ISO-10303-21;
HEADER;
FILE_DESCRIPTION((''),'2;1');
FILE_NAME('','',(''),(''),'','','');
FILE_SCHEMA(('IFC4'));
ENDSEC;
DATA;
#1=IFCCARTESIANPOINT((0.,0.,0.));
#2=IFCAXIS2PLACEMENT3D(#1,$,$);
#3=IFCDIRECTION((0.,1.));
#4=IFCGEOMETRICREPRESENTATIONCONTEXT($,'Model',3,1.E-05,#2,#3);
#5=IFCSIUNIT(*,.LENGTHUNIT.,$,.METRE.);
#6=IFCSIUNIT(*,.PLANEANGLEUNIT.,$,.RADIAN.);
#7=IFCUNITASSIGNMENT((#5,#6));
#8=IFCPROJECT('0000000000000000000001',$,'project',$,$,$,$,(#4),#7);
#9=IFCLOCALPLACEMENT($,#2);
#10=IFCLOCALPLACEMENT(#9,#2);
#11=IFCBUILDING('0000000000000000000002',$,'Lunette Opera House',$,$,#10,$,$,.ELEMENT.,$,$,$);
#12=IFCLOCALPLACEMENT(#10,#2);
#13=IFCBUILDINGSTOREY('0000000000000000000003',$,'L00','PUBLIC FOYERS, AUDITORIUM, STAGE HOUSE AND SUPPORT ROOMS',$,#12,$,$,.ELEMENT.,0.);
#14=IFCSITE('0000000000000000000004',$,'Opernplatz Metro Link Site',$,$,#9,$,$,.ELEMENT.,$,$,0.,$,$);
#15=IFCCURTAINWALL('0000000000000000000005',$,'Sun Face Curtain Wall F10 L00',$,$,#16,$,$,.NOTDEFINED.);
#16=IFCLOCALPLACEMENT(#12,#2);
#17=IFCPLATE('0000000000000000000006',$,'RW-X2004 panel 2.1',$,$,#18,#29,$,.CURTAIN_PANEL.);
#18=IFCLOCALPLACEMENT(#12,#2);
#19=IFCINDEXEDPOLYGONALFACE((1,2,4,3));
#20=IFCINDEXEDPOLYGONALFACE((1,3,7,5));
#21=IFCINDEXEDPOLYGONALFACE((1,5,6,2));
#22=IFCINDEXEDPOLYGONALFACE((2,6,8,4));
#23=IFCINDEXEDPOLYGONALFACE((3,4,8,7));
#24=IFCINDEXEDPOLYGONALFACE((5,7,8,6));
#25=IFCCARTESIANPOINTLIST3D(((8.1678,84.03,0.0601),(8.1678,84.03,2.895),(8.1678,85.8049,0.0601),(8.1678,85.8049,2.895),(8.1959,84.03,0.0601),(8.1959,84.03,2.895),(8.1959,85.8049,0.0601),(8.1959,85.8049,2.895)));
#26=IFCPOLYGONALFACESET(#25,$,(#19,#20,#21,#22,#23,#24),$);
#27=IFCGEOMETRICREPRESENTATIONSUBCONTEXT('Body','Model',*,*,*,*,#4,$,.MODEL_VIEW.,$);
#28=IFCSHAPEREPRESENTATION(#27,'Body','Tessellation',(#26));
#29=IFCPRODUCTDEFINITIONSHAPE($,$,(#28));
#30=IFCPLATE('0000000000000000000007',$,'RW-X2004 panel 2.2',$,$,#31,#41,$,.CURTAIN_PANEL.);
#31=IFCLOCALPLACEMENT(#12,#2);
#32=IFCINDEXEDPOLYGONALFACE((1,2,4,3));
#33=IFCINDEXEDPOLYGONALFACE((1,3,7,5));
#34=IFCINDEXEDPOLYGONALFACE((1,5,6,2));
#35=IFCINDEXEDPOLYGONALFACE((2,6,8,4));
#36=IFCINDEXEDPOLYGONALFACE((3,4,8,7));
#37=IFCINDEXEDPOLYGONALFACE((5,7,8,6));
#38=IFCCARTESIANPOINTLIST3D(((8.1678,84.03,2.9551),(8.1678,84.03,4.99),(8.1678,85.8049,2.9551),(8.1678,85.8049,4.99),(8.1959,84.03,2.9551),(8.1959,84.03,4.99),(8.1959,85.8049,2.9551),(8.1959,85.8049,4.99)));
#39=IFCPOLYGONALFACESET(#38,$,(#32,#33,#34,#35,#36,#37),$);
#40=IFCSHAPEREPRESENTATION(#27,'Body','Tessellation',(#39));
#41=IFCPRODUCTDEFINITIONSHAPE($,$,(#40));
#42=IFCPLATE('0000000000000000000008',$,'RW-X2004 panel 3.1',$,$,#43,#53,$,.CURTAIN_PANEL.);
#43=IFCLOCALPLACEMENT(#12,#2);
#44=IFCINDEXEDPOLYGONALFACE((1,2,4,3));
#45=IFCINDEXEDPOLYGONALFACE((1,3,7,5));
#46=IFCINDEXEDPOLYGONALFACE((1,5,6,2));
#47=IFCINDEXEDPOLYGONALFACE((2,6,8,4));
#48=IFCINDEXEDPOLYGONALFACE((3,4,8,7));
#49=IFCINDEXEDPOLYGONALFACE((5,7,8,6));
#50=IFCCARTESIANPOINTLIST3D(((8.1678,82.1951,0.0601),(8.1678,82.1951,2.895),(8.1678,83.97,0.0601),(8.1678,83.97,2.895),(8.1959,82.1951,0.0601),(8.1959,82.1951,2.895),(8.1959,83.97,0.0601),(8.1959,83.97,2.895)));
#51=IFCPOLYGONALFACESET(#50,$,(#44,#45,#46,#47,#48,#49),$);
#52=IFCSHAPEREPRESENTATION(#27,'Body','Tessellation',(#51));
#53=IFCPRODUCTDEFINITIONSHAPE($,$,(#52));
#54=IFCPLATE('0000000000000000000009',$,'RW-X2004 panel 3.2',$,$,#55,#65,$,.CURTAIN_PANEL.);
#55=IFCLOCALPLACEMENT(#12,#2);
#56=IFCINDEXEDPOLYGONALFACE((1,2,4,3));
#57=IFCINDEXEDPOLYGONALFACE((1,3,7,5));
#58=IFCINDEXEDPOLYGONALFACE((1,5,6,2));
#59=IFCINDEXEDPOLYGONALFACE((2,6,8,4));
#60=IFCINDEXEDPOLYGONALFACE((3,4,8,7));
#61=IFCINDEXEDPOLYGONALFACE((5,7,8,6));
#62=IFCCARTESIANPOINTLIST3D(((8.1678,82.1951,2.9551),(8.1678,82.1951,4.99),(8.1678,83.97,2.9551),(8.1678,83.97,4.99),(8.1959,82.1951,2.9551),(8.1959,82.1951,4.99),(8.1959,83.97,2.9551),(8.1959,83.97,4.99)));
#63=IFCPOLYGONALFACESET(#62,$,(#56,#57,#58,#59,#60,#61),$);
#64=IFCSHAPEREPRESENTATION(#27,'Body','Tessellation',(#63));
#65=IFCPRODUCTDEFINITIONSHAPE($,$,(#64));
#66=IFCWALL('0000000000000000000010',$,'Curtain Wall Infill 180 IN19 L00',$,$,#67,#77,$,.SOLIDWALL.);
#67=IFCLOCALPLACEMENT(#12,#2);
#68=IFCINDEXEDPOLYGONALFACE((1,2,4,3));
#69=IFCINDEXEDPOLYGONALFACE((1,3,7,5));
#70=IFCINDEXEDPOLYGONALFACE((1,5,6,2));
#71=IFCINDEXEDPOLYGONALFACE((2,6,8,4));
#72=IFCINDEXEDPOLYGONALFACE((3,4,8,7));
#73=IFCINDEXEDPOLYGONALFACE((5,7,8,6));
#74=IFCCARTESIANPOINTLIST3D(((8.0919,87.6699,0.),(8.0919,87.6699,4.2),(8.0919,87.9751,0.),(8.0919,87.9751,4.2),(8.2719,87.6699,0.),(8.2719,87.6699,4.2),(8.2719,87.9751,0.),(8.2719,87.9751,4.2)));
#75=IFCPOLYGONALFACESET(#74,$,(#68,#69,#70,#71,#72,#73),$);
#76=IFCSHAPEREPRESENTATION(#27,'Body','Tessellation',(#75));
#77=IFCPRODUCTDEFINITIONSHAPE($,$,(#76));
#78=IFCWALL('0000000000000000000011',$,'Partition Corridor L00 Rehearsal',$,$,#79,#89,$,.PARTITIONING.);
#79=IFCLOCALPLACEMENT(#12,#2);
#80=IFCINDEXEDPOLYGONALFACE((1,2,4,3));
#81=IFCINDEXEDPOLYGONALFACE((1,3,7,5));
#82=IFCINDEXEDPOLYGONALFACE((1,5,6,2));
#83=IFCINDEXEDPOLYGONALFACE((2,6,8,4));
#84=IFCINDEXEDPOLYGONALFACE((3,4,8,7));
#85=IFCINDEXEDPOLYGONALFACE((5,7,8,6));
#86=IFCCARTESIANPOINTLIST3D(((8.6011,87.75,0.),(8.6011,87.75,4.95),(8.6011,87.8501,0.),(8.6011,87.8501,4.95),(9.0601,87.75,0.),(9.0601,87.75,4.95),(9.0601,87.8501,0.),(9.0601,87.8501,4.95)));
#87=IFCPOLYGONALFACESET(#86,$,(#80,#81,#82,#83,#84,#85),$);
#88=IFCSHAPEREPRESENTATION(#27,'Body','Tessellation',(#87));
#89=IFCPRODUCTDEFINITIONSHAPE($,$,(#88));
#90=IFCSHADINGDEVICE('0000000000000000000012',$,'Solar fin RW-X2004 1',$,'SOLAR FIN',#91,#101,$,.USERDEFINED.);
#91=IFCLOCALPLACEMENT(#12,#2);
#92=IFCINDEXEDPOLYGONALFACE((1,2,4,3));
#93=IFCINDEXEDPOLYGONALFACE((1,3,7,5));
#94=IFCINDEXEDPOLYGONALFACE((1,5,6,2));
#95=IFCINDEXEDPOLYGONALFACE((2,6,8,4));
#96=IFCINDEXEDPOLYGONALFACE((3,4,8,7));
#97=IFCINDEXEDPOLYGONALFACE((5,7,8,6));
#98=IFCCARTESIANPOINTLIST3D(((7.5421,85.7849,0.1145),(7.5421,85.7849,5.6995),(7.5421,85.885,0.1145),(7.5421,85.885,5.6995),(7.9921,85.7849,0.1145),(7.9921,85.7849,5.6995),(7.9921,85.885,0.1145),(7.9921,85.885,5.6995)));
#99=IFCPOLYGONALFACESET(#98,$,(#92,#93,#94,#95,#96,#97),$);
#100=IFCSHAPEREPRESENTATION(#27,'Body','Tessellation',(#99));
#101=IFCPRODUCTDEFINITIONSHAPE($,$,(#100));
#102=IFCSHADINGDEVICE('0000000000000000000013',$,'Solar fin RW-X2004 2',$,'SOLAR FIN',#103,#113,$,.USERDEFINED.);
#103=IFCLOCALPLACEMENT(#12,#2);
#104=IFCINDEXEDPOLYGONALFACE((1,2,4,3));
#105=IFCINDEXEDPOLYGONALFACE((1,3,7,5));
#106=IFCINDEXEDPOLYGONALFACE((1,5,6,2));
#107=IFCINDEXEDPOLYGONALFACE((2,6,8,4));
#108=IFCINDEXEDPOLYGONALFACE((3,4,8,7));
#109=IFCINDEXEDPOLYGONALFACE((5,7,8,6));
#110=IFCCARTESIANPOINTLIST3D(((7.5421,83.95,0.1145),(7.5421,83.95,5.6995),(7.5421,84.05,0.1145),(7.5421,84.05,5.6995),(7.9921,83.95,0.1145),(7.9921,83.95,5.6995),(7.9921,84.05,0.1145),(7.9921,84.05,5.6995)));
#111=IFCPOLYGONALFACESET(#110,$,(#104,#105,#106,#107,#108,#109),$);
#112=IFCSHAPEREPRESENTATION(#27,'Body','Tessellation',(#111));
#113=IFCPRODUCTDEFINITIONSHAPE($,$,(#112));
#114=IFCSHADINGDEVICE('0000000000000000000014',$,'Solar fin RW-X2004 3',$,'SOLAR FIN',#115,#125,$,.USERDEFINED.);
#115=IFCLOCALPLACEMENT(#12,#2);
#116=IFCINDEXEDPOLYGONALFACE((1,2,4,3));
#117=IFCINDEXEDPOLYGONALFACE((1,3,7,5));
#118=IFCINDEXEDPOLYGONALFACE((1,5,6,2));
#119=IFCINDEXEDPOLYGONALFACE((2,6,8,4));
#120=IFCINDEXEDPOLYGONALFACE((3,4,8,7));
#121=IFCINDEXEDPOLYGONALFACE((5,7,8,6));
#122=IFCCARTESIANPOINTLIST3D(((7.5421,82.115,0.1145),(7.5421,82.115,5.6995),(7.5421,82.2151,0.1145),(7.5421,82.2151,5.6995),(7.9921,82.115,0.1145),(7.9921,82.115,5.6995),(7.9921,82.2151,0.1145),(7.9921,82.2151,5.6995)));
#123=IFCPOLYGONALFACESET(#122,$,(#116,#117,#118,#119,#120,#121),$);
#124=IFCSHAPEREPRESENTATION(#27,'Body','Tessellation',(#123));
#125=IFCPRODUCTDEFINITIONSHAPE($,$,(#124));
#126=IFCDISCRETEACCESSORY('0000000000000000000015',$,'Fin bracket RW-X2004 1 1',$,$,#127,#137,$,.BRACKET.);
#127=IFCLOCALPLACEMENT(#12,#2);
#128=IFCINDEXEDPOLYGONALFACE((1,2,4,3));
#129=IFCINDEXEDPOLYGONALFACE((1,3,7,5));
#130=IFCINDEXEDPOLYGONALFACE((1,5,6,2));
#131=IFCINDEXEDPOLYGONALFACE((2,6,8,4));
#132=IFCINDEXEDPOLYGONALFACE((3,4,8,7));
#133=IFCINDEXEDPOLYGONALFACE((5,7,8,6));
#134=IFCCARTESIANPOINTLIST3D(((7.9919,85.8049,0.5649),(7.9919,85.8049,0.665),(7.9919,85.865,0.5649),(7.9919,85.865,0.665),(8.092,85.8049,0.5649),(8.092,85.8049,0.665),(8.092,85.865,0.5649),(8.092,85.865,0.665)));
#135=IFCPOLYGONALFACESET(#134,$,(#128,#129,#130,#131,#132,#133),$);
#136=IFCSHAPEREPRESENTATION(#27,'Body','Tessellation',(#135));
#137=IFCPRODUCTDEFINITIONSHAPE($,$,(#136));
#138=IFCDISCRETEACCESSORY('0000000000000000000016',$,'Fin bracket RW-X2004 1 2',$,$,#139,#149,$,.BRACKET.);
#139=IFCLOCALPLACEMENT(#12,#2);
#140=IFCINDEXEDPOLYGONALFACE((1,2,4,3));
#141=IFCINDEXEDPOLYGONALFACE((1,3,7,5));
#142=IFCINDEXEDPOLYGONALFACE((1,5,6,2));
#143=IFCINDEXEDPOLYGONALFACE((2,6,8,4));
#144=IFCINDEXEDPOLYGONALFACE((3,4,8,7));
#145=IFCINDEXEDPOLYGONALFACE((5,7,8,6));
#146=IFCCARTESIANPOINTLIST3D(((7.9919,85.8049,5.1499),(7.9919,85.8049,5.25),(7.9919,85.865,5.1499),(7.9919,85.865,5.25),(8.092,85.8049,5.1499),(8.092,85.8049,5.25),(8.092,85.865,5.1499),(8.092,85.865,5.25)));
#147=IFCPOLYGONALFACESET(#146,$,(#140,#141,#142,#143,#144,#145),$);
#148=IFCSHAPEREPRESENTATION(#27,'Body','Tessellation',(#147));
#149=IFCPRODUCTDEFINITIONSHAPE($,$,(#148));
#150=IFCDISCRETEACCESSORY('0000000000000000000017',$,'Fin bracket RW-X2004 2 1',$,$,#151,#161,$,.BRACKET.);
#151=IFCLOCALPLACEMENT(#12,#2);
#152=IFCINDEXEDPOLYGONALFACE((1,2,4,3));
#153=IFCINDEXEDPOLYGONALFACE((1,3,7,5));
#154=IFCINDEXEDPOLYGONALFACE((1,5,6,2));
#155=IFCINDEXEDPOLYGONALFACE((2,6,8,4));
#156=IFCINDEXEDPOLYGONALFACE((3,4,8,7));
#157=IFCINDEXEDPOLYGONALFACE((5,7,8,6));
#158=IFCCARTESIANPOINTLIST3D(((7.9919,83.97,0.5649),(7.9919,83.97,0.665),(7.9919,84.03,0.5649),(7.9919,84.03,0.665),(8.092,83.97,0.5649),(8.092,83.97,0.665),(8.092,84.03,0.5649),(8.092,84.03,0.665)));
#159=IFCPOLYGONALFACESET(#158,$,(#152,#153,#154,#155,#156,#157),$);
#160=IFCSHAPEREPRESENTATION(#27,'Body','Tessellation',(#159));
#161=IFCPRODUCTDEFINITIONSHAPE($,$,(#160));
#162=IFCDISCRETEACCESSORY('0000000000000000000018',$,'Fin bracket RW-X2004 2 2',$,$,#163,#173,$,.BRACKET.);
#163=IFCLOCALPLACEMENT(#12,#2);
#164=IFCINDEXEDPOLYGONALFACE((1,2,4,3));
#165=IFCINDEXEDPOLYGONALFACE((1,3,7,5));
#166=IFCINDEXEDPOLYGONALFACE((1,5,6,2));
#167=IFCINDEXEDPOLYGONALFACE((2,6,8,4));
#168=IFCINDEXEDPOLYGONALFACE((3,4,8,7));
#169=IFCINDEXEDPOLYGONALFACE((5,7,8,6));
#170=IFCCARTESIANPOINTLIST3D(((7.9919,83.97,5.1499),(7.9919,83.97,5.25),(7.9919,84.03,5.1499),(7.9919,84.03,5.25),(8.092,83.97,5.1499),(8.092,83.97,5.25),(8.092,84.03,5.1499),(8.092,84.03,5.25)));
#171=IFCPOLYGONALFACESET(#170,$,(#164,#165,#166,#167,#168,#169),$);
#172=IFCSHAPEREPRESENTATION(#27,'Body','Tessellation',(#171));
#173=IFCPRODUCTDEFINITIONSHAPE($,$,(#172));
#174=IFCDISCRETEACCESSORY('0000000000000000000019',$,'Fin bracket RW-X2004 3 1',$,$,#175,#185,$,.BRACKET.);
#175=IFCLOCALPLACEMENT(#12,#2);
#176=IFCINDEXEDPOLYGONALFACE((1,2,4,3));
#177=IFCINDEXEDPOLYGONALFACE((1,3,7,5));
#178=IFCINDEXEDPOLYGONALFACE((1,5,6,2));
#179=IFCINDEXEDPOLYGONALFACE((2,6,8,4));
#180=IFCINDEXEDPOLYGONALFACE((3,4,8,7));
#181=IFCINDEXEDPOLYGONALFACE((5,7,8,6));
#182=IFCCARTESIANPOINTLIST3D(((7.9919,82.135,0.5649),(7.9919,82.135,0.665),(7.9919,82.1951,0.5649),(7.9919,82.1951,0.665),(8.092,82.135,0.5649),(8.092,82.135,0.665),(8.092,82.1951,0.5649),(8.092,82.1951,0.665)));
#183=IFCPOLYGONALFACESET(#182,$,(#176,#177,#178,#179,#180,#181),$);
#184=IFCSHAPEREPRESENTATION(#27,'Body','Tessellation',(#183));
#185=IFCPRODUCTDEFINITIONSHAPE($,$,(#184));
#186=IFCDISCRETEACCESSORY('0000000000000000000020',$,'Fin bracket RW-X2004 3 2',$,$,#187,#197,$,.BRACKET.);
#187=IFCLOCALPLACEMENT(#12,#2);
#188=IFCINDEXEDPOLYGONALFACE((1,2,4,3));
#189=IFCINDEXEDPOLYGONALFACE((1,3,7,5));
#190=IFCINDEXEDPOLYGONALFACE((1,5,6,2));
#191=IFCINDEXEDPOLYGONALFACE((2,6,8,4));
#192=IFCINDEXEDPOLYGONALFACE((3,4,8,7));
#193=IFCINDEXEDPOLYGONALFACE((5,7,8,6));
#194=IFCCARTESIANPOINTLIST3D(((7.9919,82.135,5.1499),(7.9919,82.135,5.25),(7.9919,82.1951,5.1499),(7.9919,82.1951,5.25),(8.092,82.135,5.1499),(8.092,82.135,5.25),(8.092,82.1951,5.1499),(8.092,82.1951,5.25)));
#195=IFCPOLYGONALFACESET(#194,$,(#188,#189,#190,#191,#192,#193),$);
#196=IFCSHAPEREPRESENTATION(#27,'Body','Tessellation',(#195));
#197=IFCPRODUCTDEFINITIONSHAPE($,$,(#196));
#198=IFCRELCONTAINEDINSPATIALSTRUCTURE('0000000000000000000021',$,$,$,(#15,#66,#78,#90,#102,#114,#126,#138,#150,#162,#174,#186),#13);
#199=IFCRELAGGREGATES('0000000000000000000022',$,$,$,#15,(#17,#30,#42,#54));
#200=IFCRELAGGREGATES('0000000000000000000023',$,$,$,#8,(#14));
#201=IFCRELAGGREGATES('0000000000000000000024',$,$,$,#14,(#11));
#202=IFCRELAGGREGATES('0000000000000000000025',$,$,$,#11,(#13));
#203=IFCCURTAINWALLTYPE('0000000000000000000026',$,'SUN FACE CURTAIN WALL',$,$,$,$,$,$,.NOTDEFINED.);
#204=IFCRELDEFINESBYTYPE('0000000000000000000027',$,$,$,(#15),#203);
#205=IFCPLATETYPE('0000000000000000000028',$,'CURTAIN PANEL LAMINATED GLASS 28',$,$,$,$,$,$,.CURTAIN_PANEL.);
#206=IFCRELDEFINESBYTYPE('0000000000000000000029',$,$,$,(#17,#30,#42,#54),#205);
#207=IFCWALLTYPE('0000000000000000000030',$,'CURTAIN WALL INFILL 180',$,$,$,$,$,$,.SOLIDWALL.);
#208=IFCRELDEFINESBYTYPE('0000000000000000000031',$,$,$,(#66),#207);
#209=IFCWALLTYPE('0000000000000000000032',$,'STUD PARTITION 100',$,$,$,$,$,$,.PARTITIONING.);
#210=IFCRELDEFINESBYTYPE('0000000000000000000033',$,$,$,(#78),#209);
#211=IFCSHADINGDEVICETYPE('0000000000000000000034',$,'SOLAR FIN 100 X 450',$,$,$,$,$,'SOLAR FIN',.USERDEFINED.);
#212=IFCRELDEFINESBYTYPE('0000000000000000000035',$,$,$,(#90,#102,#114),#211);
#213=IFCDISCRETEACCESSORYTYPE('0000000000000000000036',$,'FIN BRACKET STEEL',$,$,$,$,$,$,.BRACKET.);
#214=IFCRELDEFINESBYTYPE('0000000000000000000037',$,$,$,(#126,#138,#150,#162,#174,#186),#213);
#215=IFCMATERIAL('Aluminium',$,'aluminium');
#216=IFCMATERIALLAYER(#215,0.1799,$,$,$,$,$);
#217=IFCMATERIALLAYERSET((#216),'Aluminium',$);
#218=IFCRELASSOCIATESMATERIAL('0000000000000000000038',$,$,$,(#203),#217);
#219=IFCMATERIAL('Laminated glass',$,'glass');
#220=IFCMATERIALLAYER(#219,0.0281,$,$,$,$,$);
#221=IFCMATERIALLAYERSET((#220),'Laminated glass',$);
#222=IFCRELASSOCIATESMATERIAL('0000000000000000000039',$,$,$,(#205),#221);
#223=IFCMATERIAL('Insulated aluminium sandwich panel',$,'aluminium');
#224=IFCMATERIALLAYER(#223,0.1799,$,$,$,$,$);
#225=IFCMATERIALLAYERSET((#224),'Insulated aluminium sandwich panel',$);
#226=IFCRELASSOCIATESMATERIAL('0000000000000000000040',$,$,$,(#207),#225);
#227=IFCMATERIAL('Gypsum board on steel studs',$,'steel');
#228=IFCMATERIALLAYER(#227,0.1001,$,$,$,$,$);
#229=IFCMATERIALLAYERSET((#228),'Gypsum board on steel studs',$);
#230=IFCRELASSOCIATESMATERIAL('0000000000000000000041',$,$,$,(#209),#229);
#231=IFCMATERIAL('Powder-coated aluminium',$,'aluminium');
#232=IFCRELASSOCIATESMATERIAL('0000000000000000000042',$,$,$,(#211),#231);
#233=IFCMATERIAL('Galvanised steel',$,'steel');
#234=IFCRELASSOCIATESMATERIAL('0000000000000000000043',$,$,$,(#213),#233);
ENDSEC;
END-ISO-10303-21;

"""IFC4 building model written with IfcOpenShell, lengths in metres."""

from ifc_helpers import new_model, si_unit, direction, frame, frame_2d, origin, origin_2d, place, context, subcontext, project, spatial, rectangle, extrude, material, layer, layer_set, type_object, element, aggregate, save


model = new_model("IFC4")

# Units and contexts
model_context = context("Model", 3, precision=1e-05, world=origin(), true_north=direction((0.0, 1.0)))
body_context = subcontext(model_context, "Body", "Model", "MODEL_VIEW")
ifc_project = project(units=[si_unit("LENGTHUNIT", "METRE"), si_unit("PLANEANGLEUNIT", "RADIAN")], contexts=[model_context])

# Site, building, storey
site_placement = place(None, origin())
site = spatial("IfcSite", under=ifc_project, at=site_placement, Name="Opernplatz Metro Link Site", CompositionType="ELEMENT", RefElevation=0.0)
building_placement = place(site_placement, origin())
building = spatial("IfcBuilding", under=site, at=building_placement, Name="Lunette Opera House", CompositionType="ELEMENT")
storey_placement = place(building_placement, origin())
storey = spatial("IfcBuildingStorey", under=building, at=storey_placement, Name="L00", Description="PUBLIC FOYERS, AUDITORIUM, STAGE HOUSE AND SUPPORT ROOMS", CompositionType="ELEMENT", Elevation=0.0)

# Curtain wall
ifc_material_1 = material(Name="Aluminium", Category="aluminium")
ifc_layer_1 = layer(ifc_material_1, 0.1799)
ifc_layer_set_1 = layer_set([ifc_layer_1], Name="Aluminium")
curtain_wall_type = type_object("IfcCurtainWallType", Name="SUN FACE CURTAIN WALL", PredefinedType="NOTDEFINED", material=ifc_layer_set_1)
curtain_wall_placement = place(storey_placement, origin())
curtain_wall = element("IfcCurtainWall", 1, at=curtain_wall_placement, inside=storey, type_object=curtain_wall_type, Name="Sun Face Curtain Wall F10 L00", PredefinedType="NOTDEFINED")

# Plates
ifc_material_2 = material(Name="Laminated glass", Category="glass")
ifc_layer_2 = layer(ifc_material_2, 0.0281)
ifc_layer_set_2 = layer_set([ifc_layer_2], Name="Laminated glass")
plate_type = type_object("IfcPlateType", Name="CURTAIN PANEL LAMINATED GLASS 28", PredefinedType="CURTAIN_PANEL", material=ifc_layer_set_2)
plate_1_placement = place(storey_placement, frame((8.1819, 84.9175, 0.0601), z_axis=(0.0, 0.0, 1.0), x_axis=(0.0, -1.0, 0.0)))
plate_1 = element("IfcPlate", 2, at=plate_1_placement, type_object=plate_type, Name="RW-X2004 panel 2.1", PredefinedType="CURTAIN_PANEL", context=body_context, shape_type="SweptSolid", body=[
    extrude(rectangle(XDim=1.7749, YDim=0.0281, at=origin_2d()), origin(), (0.0, 0.0, 1.0), 2.835),
])
plate_2_placement = place(storey_placement, frame((8.1819, 84.9175, 2.9551), z_axis=(0.0, 0.0, 1.0), x_axis=(0.0, -1.0, 0.0)))
plate_2 = element("IfcPlate", 3, at=plate_2_placement, type_object=plate_type, Name="RW-X2004 panel 2.2", PredefinedType="CURTAIN_PANEL", context=body_context, shape_type="SweptSolid", body=[
    extrude(rectangle(XDim=1.7749, YDim=0.0281, at=origin_2d()), origin(), (0.0, 0.0, 1.0), 2.0349),
])
plate_3_placement = place(storey_placement, frame((8.1819, 83.0825, 0.0601), z_axis=(0.0, 0.0, 1.0), x_axis=(0.0, -1.0, 0.0)))
plate_3 = element("IfcPlate", 4, at=plate_3_placement, type_object=plate_type, Name="RW-X2004 panel 3.1", PredefinedType="CURTAIN_PANEL", context=body_context, shape_type="SweptSolid", body=[
    extrude(rectangle(XDim=1.7749, YDim=0.0281, at=origin_2d()), origin(), (0.0, 0.0, 1.0), 2.835),
])
plate_4_placement = place(storey_placement, frame((8.1819, 83.0825, 2.9551), z_axis=(0.0, 0.0, 1.0), x_axis=(0.0, -1.0, 0.0)))
plate_4 = element("IfcPlate", 5, at=plate_4_placement, type_object=plate_type, Name="RW-X2004 panel 3.2", PredefinedType="CURTAIN_PANEL", context=body_context, shape_type="SweptSolid", body=[
    extrude(rectangle(XDim=1.7749, YDim=0.0281, at=origin_2d()), origin(), (0.0, 0.0, 1.0), 2.0349),
])
aggregate(curtain_wall, [plate_1, plate_2, plate_3, plate_4])

# Walls
ifc_material_3 = material(Name="Insulated aluminium sandwich panel", Category="aluminium")
ifc_layer_3 = layer(ifc_material_3, 0.1799)
ifc_layer_set_3 = layer_set([ifc_layer_3], Name="Insulated aluminium sandwich panel")
wall_type_1 = type_object("IfcWallType", Name="CURTAIN WALL INFILL 180", PredefinedType="SOLIDWALL", material=ifc_layer_set_3)
wall_1_placement = place(storey_placement, frame((8.1819, 87.6699, 0.0), z_axis=(0.0, 0.0, 1.0), x_axis=(0.0, 1.0, 0.0)))
element("IfcWall", 6, at=wall_1_placement, inside=storey, type_object=wall_type_1, Name="Curtain Wall Infill 180 IN19 L00", PredefinedType="SOLIDWALL", context=body_context, shape_type="SweptSolid", body=[
    extrude(rectangle(XDim=0.3052, YDim=0.1799, at=frame_2d((0.1526, 0.0))), origin(), (0.0, 0.0, 1.0), 4.2),
])
ifc_material_4 = material(Name="Gypsum board on steel studs", Category="steel")
ifc_layer_4 = layer(ifc_material_4, 0.1001)
ifc_layer_set_4 = layer_set([ifc_layer_4], Name="Gypsum board on steel studs")
wall_type_2 = type_object("IfcWallType", Name="STUD PARTITION 100", PredefinedType="PARTITIONING", material=ifc_layer_set_4)
wall_2_placement = place(storey_placement, frame((8.6011, 87.8, 0.0), z_axis=(0.0, 0.0, 1.0), x_axis=(1.0, 0.0, 0.0)))
element("IfcWall", 7, at=wall_2_placement, inside=storey, type_object=wall_type_2, Name="Partition Corridor L00 Rehearsal", PredefinedType="PARTITIONING", context=body_context, shape_type="SweptSolid", body=[
    extrude(rectangle(XDim=0.459, YDim=0.1001, at=frame_2d((0.2295, 0.0))), origin(), (0.0, 0.0, 1.0), 4.95),
])

# Shading devices
ifc_material_5 = material(Name="Powder-coated aluminium", Category="aluminium")
shading_device_type = type_object("IfcShadingDeviceType", Name="SOLAR FIN 100 X 450", ElementType="SOLAR FIN", PredefinedType="USERDEFINED", material=ifc_material_5)
for number, where, z_axis, x_axis, name in (
    (8, (7.7671, 85.835, 0.1145), (0.0, 0.0, 1.0), (-1.0, 0.0, 0.0), "Solar fin RW-X2004 1"),
    (9, (7.7671, 84.0, 0.1145), (0.0, 0.0, 1.0), (-1.0, 0.0, 0.0), "Solar fin RW-X2004 2"),
    (10, (7.7671, 82.165, 0.1145), (0.0, 0.0, 1.0), (-1.0, 0.0, 0.0), "Solar fin RW-X2004 3"),
):
    element("IfcShadingDevice", number, at=place(storey_placement, frame(where, z_axis=z_axis, x_axis=x_axis)), inside=storey, type_object=shading_device_type, Name=name, ObjectType="SOLAR FIN", PredefinedType="USERDEFINED", context=body_context, shape_type="SweptSolid", body=[
        extrude(rectangle(XDim=0.45, YDim=0.1001, at=origin_2d()), origin(), (0.0, 0.0, 1.0), 5.585),
    ])

# Discrete accessories
ifc_material_6 = material(Name="Galvanised steel", Category="steel")
discrete_accessory_type = type_object("IfcDiscreteAccessoryType", Name="FIN BRACKET STEEL", PredefinedType="BRACKET", material=ifc_material_6)
for number, where, z_axis, x_axis, name in (
    (11, (8.042, 85.835, 0.5649), (0.0, 0.0, 1.0), (-1.0, 0.0, 0.0), "Fin bracket RW-X2004 1 1"),
    (12, (8.042, 85.835, 5.1499), (0.0, 0.0, 1.0), (-1.0, 0.0, 0.0), "Fin bracket RW-X2004 1 2"),
    (13, (8.042, 84.0, 0.5649), (0.0, 0.0, 1.0), (-1.0, 0.0, 0.0), "Fin bracket RW-X2004 2 1"),
    (14, (8.042, 84.0, 5.1499), (0.0, 0.0, 1.0), (-1.0, 0.0, 0.0), "Fin bracket RW-X2004 2 2"),
    (15, (8.042, 82.165, 0.5649), (0.0, 0.0, 1.0), (-1.0, 0.0, 0.0), "Fin bracket RW-X2004 3 1"),
    (16, (8.042, 82.165, 5.1499), (0.0, 0.0, 1.0), (-1.0, 0.0, 0.0), "Fin bracket RW-X2004 3 2"),
):
    element("IfcDiscreteAccessory", number, at=place(storey_placement, frame(where, z_axis=z_axis, x_axis=x_axis)), inside=storey, type_object=discrete_accessory_type, Name=name, PredefinedType="BRACKET", context=body_context, shape_type="SweptSolid", body=[
        extrude(rectangle(XDim=0.1001, YDim=0.0601, at=origin_2d()), origin(), (0.0, 0.0, 1.0), 0.1001),
    ])

save(model, "model.ifc")
